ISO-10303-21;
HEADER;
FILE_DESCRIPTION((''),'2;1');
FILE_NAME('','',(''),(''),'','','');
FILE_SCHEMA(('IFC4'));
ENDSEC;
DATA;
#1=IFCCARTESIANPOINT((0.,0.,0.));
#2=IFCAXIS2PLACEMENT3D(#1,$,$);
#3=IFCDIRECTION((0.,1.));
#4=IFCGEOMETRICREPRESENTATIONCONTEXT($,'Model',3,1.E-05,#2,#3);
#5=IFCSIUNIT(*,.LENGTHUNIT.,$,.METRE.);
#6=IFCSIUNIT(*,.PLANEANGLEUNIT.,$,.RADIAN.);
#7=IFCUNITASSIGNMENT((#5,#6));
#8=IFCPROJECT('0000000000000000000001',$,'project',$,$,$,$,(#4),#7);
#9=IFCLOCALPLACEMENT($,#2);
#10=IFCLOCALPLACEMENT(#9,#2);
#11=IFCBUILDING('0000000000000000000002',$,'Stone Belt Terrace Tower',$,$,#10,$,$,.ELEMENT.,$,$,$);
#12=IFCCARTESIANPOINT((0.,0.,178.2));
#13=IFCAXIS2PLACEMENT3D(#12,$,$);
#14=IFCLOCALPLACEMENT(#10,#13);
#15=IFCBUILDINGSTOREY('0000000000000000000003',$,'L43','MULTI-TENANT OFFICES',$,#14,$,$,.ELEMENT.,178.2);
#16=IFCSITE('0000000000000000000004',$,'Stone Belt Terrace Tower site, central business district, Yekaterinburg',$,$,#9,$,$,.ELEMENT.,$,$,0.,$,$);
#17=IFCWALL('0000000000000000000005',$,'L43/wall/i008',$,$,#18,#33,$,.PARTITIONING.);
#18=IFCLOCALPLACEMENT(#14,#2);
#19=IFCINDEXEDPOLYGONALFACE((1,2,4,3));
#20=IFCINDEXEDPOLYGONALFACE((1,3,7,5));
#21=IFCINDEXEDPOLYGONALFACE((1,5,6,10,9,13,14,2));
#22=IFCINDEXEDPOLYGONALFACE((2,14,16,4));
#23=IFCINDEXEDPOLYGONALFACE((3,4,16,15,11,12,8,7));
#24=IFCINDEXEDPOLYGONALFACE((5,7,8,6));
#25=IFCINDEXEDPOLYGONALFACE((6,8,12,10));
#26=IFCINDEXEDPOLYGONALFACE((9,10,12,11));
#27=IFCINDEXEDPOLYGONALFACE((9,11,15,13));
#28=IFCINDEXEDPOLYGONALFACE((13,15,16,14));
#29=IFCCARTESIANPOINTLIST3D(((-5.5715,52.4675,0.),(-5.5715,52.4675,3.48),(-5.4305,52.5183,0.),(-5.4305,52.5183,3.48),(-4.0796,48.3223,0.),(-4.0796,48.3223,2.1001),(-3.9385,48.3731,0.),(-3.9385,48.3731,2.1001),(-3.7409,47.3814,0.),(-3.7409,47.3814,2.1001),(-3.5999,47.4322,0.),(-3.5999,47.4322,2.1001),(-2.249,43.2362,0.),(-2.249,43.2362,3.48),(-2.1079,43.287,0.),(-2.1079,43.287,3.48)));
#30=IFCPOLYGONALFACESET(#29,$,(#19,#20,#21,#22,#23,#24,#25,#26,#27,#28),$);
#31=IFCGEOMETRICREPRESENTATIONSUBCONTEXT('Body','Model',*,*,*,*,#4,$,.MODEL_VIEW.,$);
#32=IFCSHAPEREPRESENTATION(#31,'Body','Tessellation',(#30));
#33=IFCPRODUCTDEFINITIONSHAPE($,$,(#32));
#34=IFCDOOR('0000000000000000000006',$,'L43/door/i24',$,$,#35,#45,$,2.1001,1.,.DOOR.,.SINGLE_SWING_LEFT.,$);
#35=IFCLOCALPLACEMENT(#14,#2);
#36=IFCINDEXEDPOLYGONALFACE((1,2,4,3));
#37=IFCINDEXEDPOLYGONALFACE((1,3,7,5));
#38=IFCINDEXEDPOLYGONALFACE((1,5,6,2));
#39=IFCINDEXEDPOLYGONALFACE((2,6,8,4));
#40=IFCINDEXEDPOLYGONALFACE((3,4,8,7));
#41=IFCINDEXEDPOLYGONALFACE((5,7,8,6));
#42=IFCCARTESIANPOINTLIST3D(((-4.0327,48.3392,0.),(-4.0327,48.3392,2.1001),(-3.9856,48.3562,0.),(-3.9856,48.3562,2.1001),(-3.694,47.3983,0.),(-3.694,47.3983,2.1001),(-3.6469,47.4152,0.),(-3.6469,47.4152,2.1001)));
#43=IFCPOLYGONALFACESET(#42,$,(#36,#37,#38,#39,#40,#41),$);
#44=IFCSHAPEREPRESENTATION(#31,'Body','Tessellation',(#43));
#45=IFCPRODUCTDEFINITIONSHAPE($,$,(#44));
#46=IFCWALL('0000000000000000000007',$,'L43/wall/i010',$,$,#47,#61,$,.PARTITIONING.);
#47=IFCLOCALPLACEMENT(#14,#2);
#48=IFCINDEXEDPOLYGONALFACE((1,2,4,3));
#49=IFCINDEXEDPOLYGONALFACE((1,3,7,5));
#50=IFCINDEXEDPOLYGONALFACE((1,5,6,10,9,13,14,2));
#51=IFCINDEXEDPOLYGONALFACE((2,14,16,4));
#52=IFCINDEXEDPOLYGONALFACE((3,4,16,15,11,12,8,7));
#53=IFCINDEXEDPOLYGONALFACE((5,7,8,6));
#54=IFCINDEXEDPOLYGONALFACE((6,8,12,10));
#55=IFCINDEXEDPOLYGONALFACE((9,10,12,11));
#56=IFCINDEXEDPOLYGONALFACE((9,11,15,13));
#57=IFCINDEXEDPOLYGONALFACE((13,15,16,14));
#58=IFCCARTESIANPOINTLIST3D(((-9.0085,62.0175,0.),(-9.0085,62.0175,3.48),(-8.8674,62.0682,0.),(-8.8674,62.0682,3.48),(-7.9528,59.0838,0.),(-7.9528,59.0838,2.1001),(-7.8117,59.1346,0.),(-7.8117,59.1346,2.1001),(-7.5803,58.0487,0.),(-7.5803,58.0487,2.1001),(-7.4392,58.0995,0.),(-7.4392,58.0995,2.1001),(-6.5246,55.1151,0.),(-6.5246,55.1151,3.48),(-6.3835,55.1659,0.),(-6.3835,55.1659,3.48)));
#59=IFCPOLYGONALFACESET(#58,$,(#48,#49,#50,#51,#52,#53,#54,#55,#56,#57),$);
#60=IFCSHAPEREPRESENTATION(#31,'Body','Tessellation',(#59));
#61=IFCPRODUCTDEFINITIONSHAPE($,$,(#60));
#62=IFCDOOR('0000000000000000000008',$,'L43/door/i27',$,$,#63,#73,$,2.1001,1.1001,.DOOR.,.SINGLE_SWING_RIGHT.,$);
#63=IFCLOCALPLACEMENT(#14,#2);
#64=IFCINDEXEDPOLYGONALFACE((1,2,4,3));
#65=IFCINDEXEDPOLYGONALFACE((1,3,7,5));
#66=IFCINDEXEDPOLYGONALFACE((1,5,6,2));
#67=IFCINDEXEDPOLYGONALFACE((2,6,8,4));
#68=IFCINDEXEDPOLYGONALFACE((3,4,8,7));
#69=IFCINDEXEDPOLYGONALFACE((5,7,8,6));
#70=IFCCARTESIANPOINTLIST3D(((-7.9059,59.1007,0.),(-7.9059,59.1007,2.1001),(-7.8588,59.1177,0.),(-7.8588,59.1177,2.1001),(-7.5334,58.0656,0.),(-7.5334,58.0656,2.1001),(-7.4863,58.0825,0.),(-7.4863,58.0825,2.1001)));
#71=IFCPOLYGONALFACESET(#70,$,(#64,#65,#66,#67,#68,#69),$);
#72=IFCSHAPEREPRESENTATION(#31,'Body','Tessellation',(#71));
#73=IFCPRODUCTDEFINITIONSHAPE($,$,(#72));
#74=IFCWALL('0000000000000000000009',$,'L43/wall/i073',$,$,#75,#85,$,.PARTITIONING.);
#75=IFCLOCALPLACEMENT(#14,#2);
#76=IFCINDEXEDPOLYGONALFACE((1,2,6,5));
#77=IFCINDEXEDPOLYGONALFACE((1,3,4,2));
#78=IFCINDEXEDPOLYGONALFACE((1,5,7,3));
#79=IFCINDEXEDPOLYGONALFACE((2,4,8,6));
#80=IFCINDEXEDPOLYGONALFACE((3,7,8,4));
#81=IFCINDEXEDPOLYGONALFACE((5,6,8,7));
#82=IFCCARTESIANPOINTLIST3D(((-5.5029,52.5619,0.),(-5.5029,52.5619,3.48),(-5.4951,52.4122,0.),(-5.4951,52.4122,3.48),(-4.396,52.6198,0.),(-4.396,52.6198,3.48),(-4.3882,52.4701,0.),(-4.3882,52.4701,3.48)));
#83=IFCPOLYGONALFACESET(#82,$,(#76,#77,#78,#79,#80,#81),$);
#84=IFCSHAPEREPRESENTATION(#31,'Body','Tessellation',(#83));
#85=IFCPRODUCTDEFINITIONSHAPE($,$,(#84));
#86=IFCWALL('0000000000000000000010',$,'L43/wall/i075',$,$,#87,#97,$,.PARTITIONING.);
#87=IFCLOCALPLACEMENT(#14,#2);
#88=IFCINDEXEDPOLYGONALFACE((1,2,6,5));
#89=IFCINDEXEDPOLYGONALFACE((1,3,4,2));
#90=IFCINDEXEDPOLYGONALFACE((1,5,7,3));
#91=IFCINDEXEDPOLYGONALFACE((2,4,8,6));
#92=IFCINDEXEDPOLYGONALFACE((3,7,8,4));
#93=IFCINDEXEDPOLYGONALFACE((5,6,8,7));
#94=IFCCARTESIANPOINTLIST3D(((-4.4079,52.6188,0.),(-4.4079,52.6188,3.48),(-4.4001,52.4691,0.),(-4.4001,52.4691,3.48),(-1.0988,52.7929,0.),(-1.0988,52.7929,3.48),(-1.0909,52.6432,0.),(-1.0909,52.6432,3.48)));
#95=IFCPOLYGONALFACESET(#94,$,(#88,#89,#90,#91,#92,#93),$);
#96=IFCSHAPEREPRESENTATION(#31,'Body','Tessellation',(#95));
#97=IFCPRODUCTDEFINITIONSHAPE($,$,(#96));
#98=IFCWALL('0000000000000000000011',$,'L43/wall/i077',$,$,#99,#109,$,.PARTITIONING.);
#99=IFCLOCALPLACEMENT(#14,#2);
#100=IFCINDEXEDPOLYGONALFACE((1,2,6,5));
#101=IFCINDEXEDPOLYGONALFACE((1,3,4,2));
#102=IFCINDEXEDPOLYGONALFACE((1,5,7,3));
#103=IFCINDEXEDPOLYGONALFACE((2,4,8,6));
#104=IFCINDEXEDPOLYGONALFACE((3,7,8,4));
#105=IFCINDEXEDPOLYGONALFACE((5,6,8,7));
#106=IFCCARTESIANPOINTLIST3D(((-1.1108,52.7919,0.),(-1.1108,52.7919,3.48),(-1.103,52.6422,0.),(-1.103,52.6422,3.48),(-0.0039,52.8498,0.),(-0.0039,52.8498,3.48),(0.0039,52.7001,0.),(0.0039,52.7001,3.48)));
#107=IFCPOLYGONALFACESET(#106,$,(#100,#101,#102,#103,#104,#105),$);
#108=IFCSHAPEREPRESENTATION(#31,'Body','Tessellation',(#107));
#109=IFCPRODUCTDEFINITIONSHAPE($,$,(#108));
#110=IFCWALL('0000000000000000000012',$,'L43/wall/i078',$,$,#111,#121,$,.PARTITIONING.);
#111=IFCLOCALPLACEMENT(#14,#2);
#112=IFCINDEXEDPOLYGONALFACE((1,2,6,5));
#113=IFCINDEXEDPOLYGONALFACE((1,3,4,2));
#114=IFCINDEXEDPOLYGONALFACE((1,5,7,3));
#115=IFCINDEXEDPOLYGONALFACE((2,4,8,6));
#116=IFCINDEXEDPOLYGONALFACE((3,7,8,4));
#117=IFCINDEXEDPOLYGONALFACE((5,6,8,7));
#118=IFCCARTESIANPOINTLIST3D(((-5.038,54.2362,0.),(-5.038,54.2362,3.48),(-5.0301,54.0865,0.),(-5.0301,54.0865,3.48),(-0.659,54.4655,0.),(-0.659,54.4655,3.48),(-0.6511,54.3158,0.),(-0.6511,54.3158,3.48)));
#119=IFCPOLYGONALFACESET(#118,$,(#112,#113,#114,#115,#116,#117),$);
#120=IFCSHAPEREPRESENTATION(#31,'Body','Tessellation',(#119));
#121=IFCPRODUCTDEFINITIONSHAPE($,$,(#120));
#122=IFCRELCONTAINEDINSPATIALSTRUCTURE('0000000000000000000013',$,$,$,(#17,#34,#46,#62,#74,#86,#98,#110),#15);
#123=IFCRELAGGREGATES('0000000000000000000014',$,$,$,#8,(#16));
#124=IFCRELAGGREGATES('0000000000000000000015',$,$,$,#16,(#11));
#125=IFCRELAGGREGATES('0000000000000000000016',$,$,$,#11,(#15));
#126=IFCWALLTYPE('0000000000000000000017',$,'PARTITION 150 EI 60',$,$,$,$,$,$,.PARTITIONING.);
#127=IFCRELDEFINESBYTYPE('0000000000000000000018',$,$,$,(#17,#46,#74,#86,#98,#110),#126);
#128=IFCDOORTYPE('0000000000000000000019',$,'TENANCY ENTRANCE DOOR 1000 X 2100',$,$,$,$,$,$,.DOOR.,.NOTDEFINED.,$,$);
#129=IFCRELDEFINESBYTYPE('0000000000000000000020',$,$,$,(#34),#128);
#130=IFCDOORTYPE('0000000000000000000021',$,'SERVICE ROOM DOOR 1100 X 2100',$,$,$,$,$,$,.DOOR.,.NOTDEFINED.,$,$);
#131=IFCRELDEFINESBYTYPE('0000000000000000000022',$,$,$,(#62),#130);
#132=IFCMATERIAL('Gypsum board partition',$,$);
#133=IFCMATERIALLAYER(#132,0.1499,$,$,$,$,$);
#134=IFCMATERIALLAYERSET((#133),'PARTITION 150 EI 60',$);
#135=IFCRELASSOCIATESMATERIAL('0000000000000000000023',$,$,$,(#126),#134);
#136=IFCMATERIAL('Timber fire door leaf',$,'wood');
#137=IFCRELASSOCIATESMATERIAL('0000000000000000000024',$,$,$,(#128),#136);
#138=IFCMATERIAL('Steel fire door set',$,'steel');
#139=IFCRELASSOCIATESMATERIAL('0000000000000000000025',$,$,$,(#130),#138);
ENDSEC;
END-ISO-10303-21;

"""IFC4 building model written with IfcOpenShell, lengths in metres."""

from ifc_helpers import new_model, si_unit, direction, frame, frame_2d, origin, place, context, subcontext, project, spatial, rectangle, extrude, material, layer, layer_set, type_object, element, fill, save


model = new_model("IFC4")

# Units and contexts
model_context = context("Model", 3, precision=1e-05, world=origin(), true_north=direction((0.0, 1.0)))
body_context = subcontext(model_context, "Body", "Model", "MODEL_VIEW")
ifc_project = project(units=[si_unit("LENGTHUNIT", "METRE"), si_unit("PLANEANGLEUNIT", "RADIAN")], contexts=[model_context])

# Site, building, storey
site_placement = place(None, origin())
site = spatial("IfcSite", under=ifc_project, at=site_placement, Name="Stone Belt Terrace Tower site, central business district, Yekaterinburg", CompositionType="ELEMENT", RefElevation=0.0)
building_placement = place(site_placement, origin())
building = spatial("IfcBuilding", under=site, at=building_placement, Name="Stone Belt Terrace Tower", CompositionType="ELEMENT")
storey_placement = place(building_placement, frame((0.0, 0.0, 178.2)))
storey = spatial("IfcBuildingStorey", under=building, at=storey_placement, Name="L43", Description="MULTI-TENANT OFFICES", CompositionType="ELEMENT", Elevation=178.2)

# Shared definitions
ifc_material_1 = material(Name="Gypsum board partition")

# Walls, openings, doors
ifc_layer_1 = layer(ifc_material_1, 0.1499)
ifc_layer_set_1 = layer_set([ifc_layer_1], Name="PARTITION 150 EI 60")
wall_type_1 = type_object("IfcWallType", Name="PARTITION 150 EI 60", PredefinedType="PARTITIONING", material=ifc_layer_set_1)
wall_1_placement = place(storey_placement, frame((-5.501, 52.4929, 0.0), z_axis=(0.0, 0.0, 1.0), x_axis=(0.338654, -0.940911, 0.0)))
wall_1 = element("IfcWall", 1, at=wall_1_placement, inside=storey, type_object=wall_type_1, Name="L43/wall/i008", PredefinedType="PARTITIONING", context=body_context, shape_type="SweptSolid", body=[
    extrude(rectangle(XDim=9.811, YDim=0.1499, at=frame_2d((4.9055, 0.0))), origin(), (0.0, 0.0, 1.0), 3.48),
])
opening_1_placement = place(wall_1_placement, frame((4.4055, 0.0, 0.0)))
opening_1 = element("IfcOpeningElement", 2, at=opening_1_placement, cuts=wall_1, PredefinedType="OPENING", context=body_context, shape_type="SweptSolid", body=[
    extrude(rectangle(XDim=1.0, YDim=2.1001, at=frame_2d((0.5, 1.05))), frame((0.0, 0.085, 0.0), z_axis=(0.0, -1.0, 0.0), x_axis=(1.0, 0.0, 0.0)), (0.0, 0.0, 1.0), 0.1699),
])
ifc_material_2 = material(Name="Timber fire door leaf", Category="wood")
door_type_1 = type_object("IfcDoorType", Name="TENANCY ENTRANCE DOOR 1000 X 2100", OperationType="NOTDEFINED", PredefinedType="DOOR", material=ifc_material_2)
door_1_placement = place(opening_1_placement, origin())
door_1 = element("IfcDoor", 3, at=door_1_placement, inside=storey, type_object=door_type_1, Name="L43/door/i24", OperationType="SINGLE_SWING_LEFT", OverallHeight=2.1001, OverallWidth=1.0, PredefinedType="DOOR", context=body_context, shape_type="SweptSolid", body=[
    extrude(rectangle(XDim=1.0, YDim=2.1001, at=frame_2d((0.5, 1.05))), frame((0.0, 0.0249, 0.0), z_axis=(0.0, -1.0, 0.0), x_axis=(1.0, 0.0, 0.0)), (0.0, 0.0, 1.0), 0.05),
])
fill(opening_1, door_1)
wall_2_placement = place(storey_placement, frame((-8.938, 62.043, 0.0), z_axis=(0.0, 0.0, 1.0), x_axis=(0.338604, -0.940929, 0.0)))
wall_2 = element("IfcWall", 4, at=wall_2_placement, inside=storey, type_object=wall_type_1, Name="L43/wall/i010", PredefinedType="PARTITIONING", context=body_context, shape_type="SweptSolid", body=[
    extrude(rectangle(XDim=7.3357, YDim=0.1499, at=frame_2d((3.668, 0.0))), origin(), (0.0, 0.0, 1.0), 3.48),
])
opening_2_placement = place(wall_2_placement, frame((3.1179, 0.0, 0.0)))
opening_2 = element("IfcOpeningElement", 5, at=opening_2_placement, cuts=wall_2, PredefinedType="OPENING", context=body_context, shape_type="SweptSolid", body=[
    extrude(rectangle(XDim=1.1001, YDim=2.1001, at=frame_2d((0.55, 1.05))), frame((0.0, 0.085, 0.0), z_axis=(0.0, -1.0, 0.0), x_axis=(1.0, 0.0, 0.0)), (0.0, 0.0, 1.0), 0.1699),
])
ifc_material_3 = material(Name="Steel fire door set", Category="steel")
door_type_2 = type_object("IfcDoorType", Name="SERVICE ROOM DOOR 1100 X 2100", OperationType="NOTDEFINED", PredefinedType="DOOR", material=ifc_material_3)
door_2_placement = place(opening_2_placement, origin())
door_2 = element("IfcDoor", 6, at=door_2_placement, inside=storey, type_object=door_type_2, Name="L43/door/i27", OperationType="SINGLE_SWING_RIGHT", OverallHeight=2.1001, OverallWidth=1.1001, PredefinedType="DOOR", context=body_context, shape_type="SweptSolid", body=[
    extrude(rectangle(XDim=1.1001, YDim=2.1001, at=frame_2d((0.55, 1.05))), frame((0.0, 0.0249, 0.0), z_axis=(0.0, -1.0, 0.0), x_axis=(1.0, 0.0, 0.0)), (0.0, 0.0, 1.0), 0.05),
])
fill(opening_2, door_2)

# Walls
wall_3_placement = place(storey_placement, frame((-4.3921, 52.5449, 0.0), z_axis=(0.0, 0.0, 1.0), x_axis=(-0.998637, -0.0522, 0.0)))
element("IfcWall", 7, at=wall_3_placement, inside=storey, type_object=wall_type_1, Name="L43/wall/i073", PredefinedType="PARTITIONING", context=body_context, shape_type="SweptSolid", body=[
    extrude(rectangle(XDim=1.1084, YDim=0.1499, at=frame_2d((0.5542, 0.0))), origin(), (0.0, 0.0, 1.0), 3.48),
])
wall_4_placement = place(storey_placement, frame((-1.095, 52.718, 0.0), z_axis=(0.0, 0.0, 1.0), x_axis=(-0.998619, -0.052532, 0.0)))
element("IfcWall", 8, at=wall_4_placement, inside=storey, type_object=wall_type_1, Name="L43/wall/i075", PredefinedType="PARTITIONING", context=body_context, shape_type="SweptSolid", body=[
    extrude(rectangle(XDim=3.3137, YDim=0.1499, at=frame_2d((1.6567, 0.0))), origin(), (0.0, 0.0, 1.0), 3.48),
])
wall_5_placement = place(storey_placement, frame((0.0, 52.7749, 0.0), z_axis=(0.0, 0.0, 1.0), x_axis=(-0.998637, -0.0522, 0.0)))
element("IfcWall", 9, at=wall_5_placement, inside=storey, type_object=wall_type_1, Name="L43/wall/i077", PredefinedType="PARTITIONING", context=body_context, shape_type="SweptSolid", body=[
    extrude(rectangle(XDim=1.1084, YDim=0.1499, at=frame_2d((0.5542, 0.0))), origin(), (0.0, 0.0, 1.0), 3.48),
])
wall_6_placement = place(storey_placement, frame((-5.0339, 54.1614, 0.0), z_axis=(0.0, 0.0, 1.0), x_axis=(0.998632, 0.052281, 0.0)))
element("IfcWall", 10, at=wall_6_placement, inside=storey, type_object=wall_type_1, Name="L43/wall/i078", PredefinedType="PARTITIONING", context=body_context, shape_type="SweptSolid", body=[
    extrude(rectangle(XDim=4.385, YDim=0.1499, at=frame_2d((2.1924, 0.0))), origin(), (0.0, 0.0, 1.0), 3.48),
])

save(model, "model.ifc")
